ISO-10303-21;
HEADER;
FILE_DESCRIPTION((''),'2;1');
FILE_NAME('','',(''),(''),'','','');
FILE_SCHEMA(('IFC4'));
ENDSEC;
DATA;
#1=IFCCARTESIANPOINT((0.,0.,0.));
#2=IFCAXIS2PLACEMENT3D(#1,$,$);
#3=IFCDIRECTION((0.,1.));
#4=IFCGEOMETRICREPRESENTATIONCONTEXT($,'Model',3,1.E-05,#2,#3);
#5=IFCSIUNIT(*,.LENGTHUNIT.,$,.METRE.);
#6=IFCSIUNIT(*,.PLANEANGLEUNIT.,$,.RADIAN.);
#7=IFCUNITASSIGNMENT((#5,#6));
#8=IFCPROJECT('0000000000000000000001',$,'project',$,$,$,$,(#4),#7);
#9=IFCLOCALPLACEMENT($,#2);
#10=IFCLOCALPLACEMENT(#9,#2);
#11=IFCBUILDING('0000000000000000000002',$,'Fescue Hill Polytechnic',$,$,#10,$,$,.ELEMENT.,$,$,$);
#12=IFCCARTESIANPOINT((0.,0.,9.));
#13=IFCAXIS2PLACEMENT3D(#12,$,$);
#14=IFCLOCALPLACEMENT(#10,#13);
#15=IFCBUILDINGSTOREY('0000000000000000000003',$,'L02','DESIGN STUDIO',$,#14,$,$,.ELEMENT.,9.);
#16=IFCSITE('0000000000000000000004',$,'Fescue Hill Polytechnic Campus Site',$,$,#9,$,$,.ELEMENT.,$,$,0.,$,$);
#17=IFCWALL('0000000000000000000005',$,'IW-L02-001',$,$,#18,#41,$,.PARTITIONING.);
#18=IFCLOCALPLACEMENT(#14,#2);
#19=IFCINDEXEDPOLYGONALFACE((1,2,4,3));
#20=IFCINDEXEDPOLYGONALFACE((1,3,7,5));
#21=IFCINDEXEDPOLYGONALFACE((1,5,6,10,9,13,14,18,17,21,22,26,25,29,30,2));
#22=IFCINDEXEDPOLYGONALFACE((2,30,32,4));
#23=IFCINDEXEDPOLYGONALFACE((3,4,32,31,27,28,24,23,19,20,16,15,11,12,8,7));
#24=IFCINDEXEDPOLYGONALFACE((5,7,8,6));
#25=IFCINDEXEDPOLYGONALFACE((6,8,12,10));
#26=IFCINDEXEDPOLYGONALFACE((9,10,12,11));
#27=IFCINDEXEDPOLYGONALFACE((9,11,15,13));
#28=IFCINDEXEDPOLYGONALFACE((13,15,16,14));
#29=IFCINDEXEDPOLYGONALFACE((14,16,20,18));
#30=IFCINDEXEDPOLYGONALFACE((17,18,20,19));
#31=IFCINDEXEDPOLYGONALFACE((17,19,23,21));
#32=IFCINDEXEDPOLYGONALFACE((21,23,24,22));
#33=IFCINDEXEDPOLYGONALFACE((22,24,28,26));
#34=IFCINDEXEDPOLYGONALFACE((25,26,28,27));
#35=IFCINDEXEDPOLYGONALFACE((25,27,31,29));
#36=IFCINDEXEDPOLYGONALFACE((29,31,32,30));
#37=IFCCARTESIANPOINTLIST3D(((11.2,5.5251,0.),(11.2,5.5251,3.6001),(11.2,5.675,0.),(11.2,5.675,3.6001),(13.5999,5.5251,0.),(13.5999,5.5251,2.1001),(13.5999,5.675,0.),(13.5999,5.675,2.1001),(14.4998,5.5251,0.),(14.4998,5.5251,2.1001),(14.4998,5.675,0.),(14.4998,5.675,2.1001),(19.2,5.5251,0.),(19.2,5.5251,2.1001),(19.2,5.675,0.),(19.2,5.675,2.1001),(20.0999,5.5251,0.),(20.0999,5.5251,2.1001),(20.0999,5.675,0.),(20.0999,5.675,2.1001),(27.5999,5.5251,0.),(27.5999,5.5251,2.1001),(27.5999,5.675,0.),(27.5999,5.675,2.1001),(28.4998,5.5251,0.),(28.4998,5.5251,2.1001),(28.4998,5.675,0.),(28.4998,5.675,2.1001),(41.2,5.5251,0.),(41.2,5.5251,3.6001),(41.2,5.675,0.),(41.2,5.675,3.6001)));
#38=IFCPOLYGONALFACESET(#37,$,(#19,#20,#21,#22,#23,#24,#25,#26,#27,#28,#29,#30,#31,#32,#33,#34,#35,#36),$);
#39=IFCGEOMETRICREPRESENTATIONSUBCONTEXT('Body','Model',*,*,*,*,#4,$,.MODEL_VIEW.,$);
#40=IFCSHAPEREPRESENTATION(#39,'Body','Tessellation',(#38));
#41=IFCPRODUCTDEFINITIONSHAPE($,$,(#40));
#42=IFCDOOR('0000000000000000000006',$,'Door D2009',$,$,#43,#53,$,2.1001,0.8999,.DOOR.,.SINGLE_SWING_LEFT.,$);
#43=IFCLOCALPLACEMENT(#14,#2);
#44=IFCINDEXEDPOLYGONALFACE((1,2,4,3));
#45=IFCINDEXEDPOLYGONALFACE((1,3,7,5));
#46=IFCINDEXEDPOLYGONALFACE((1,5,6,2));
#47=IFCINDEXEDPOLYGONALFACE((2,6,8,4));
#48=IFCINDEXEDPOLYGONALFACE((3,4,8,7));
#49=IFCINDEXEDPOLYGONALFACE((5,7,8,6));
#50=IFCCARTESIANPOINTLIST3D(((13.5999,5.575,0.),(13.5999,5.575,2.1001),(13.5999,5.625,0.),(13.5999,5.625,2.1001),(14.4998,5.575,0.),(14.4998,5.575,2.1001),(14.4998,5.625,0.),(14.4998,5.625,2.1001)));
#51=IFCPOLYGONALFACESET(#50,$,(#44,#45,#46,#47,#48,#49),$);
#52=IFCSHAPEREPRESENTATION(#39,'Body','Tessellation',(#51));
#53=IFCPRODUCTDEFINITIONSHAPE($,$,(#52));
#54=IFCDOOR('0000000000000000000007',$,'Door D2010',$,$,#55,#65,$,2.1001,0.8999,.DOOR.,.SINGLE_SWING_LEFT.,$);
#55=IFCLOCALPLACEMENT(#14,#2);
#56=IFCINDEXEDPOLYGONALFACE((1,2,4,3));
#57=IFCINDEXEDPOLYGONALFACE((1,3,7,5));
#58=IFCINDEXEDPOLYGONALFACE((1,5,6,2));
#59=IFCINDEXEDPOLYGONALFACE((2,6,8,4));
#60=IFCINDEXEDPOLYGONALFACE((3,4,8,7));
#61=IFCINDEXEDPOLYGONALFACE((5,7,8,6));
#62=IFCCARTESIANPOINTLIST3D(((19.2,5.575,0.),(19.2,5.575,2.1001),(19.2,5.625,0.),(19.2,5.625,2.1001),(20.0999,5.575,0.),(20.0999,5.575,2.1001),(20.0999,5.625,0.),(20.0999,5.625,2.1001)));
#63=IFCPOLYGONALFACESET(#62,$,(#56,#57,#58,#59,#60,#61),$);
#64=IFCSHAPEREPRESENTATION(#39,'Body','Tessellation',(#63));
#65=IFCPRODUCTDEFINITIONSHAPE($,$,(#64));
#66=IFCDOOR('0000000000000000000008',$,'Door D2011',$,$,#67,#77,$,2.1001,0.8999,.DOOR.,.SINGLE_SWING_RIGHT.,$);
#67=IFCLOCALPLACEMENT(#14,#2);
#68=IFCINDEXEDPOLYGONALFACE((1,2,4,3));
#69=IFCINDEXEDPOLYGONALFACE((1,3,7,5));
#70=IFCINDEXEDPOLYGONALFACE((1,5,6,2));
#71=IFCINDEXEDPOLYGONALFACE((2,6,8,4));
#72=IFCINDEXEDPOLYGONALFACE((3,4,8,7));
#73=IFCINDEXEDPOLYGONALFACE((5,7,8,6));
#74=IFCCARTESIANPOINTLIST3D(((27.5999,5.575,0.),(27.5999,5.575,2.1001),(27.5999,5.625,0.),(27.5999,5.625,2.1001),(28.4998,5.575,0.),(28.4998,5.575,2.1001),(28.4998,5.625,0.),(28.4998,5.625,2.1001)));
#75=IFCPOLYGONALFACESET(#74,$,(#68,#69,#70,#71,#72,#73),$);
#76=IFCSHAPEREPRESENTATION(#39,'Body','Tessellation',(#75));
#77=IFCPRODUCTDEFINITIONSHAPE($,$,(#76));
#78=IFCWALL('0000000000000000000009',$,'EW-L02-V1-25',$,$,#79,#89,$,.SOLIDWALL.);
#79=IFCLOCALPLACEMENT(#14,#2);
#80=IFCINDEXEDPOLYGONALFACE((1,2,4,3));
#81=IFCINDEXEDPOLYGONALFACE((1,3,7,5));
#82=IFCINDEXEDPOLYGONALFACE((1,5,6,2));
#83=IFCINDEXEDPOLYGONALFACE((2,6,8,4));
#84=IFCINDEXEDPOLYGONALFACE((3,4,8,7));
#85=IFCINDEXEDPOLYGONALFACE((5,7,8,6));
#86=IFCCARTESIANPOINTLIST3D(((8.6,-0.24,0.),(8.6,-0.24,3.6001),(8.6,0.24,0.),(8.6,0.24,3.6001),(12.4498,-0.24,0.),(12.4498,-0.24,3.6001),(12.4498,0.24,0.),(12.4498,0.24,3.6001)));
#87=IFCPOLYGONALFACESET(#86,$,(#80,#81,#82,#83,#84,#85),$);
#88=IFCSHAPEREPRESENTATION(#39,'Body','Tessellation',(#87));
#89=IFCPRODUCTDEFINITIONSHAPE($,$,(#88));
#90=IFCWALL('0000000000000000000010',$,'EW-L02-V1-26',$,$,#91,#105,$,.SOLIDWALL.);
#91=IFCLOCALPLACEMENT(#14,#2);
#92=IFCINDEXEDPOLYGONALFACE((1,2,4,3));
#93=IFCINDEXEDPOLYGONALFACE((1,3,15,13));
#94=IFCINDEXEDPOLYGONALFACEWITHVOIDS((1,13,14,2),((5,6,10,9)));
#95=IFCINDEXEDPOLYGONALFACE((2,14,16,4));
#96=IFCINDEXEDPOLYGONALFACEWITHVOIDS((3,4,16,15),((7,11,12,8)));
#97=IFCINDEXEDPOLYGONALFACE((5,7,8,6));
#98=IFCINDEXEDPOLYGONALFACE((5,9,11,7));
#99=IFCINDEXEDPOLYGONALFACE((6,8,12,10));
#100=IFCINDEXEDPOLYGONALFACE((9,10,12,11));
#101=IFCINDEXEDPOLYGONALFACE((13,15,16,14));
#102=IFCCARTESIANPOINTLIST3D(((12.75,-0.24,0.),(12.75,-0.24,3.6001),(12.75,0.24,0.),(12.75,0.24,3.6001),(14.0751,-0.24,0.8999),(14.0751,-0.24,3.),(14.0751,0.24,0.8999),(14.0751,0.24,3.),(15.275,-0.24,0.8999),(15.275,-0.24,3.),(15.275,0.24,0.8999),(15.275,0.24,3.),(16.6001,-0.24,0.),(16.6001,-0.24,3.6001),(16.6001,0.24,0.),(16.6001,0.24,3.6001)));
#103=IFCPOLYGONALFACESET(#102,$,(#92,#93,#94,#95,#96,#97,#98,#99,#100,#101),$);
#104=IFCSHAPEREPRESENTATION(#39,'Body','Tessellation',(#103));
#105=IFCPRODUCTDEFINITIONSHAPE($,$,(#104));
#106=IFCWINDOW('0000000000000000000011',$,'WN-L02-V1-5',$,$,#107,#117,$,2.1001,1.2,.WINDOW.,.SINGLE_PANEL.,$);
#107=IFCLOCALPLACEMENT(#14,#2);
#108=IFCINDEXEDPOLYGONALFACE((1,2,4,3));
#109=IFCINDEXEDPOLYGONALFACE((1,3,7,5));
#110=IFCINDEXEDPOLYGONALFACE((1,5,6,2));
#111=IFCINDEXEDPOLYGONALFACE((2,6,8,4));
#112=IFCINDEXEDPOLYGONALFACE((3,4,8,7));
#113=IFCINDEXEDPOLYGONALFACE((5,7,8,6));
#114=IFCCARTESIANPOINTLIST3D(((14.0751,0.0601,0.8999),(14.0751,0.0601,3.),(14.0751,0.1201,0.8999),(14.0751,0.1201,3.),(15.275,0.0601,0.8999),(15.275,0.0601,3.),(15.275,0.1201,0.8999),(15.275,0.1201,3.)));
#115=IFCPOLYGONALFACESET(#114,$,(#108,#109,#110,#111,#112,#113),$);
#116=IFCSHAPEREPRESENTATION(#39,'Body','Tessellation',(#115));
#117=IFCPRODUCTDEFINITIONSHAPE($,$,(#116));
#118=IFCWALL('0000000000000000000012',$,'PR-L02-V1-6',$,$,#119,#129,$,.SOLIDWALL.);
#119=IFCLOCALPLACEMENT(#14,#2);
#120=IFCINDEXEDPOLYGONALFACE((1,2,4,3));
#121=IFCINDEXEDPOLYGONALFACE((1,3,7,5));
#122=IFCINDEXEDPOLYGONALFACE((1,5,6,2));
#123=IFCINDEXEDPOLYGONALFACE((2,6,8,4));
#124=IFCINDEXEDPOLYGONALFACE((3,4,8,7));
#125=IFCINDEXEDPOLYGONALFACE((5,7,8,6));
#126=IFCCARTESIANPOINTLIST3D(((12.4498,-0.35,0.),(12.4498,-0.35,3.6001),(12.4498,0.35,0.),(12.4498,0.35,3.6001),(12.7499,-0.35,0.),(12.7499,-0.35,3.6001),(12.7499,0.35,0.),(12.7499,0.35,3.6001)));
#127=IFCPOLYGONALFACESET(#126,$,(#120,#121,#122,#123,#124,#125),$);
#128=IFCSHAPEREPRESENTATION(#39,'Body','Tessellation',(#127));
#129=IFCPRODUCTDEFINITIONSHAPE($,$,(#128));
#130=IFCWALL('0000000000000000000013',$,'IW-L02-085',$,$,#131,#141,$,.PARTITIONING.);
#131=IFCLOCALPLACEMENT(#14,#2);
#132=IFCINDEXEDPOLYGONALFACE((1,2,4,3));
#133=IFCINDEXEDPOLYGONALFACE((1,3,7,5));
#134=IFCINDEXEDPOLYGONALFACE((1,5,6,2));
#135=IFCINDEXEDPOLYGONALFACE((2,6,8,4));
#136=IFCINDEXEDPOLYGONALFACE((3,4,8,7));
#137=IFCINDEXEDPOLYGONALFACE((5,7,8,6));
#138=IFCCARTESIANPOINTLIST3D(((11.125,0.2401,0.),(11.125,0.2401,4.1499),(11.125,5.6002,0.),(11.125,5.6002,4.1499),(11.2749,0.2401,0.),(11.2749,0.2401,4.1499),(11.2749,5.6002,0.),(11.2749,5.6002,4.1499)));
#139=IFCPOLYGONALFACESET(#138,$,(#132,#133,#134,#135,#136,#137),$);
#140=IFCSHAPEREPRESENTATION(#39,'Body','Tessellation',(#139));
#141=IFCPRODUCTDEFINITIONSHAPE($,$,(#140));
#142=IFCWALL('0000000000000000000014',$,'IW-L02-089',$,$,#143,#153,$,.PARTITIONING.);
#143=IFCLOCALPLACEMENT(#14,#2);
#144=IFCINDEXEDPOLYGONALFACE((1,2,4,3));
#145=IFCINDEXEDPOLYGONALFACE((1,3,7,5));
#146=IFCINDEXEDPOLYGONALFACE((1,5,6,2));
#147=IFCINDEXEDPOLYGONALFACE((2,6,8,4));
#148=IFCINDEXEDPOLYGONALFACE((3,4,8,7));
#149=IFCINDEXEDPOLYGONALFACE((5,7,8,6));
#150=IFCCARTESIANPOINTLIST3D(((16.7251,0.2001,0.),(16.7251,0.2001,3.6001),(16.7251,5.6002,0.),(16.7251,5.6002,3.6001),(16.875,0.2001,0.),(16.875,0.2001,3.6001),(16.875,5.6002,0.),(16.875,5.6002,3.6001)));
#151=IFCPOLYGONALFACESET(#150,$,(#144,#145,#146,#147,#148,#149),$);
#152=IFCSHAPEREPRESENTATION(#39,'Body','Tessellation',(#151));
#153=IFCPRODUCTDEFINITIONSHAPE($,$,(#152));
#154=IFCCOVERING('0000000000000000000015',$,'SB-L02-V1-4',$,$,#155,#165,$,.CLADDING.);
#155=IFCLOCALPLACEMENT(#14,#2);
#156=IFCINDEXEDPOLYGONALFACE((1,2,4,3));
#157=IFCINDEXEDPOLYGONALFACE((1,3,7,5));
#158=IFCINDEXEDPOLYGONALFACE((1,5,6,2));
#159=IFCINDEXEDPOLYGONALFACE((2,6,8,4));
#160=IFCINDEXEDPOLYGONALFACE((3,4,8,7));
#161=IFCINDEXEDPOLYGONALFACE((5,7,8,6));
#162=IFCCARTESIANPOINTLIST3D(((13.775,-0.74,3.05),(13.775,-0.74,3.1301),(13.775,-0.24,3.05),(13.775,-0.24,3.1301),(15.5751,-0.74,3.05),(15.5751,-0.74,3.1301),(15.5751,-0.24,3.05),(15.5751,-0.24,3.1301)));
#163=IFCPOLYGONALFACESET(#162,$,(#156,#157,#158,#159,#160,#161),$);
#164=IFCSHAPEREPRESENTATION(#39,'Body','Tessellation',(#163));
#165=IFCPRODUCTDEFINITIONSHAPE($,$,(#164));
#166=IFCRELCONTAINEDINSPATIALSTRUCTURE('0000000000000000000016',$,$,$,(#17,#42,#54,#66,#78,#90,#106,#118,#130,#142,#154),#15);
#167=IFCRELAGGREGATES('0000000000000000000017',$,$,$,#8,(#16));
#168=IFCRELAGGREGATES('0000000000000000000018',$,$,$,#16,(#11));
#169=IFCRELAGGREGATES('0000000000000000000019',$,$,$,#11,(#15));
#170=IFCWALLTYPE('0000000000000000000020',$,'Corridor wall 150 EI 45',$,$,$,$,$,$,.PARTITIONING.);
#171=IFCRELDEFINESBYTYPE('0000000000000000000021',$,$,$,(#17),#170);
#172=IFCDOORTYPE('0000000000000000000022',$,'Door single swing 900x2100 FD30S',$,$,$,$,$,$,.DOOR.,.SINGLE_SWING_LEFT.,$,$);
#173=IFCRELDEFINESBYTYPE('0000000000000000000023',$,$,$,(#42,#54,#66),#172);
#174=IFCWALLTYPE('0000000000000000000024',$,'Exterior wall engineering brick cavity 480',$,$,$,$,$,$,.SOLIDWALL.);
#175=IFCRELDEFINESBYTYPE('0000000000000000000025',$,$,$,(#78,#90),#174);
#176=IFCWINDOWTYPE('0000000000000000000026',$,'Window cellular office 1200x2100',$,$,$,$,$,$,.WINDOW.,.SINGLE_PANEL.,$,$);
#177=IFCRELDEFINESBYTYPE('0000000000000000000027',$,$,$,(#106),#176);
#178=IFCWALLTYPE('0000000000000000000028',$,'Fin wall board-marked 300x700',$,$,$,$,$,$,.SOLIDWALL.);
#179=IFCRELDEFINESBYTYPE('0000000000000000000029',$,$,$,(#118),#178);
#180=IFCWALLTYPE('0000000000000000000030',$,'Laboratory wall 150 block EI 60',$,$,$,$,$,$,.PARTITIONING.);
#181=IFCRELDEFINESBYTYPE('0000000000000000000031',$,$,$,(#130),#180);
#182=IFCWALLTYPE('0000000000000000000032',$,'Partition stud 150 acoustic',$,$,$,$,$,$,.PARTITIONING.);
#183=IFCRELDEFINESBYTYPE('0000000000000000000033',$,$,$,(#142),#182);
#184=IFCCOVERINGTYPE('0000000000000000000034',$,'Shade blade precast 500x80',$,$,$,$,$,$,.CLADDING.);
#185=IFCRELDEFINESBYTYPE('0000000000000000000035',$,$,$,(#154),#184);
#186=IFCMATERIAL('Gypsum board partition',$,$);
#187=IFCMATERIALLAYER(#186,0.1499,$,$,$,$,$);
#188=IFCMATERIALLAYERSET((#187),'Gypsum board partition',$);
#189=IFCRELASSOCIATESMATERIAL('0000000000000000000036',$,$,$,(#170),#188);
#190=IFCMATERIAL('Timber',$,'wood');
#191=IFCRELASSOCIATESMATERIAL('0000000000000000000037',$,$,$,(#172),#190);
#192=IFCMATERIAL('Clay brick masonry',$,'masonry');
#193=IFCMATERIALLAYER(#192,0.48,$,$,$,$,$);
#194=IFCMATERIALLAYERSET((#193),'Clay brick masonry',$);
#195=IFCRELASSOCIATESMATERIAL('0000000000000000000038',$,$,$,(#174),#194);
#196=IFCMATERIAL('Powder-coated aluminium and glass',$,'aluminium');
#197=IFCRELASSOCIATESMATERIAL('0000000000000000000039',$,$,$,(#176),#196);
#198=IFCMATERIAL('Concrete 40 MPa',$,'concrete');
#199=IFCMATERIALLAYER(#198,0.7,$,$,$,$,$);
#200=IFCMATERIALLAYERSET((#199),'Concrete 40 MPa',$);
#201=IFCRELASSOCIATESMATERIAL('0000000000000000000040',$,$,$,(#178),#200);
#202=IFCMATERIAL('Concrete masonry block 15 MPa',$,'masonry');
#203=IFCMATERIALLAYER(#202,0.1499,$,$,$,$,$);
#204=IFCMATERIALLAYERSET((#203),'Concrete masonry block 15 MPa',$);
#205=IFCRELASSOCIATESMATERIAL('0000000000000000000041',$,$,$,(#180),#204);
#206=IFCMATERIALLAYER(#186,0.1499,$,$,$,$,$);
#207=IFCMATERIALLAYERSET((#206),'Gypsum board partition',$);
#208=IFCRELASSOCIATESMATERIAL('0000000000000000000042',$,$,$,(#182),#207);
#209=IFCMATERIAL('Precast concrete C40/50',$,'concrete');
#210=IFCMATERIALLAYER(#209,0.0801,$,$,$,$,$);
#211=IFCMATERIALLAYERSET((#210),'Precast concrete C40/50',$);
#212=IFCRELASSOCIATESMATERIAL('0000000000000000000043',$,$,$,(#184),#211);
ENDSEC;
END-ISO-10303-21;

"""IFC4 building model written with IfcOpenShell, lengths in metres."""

from ifc_helpers import new_model, si_unit, direction, frame, frame_2d, origin, origin_2d, place, context, subcontext, project, spatial, rectangle, extrude, material, layer, layer_set, type_object, element, fill, save


model = new_model("IFC4")

# Units and contexts
model_context = context("Model", 3, precision=1e-05, world=origin(), true_north=direction((0.0, 1.0)))
body_context = subcontext(model_context, "Body", "Model", "MODEL_VIEW")
ifc_project = project(units=[si_unit("LENGTHUNIT", "METRE"), si_unit("PLANEANGLEUNIT", "RADIAN")], contexts=[model_context])

# Site, building, storey
site_placement = place(None, origin())
site = spatial("IfcSite", under=ifc_project, at=site_placement, Name="Fescue Hill Polytechnic Campus Site", CompositionType="ELEMENT", RefElevation=0.0)
building_placement = place(site_placement, origin())
building = spatial("IfcBuilding", under=site, at=building_placement, Name="Fescue Hill Polytechnic", CompositionType="ELEMENT")
storey_placement = place(building_placement, frame((0.0, 0.0, 9.0)))
storey = spatial("IfcBuildingStorey", under=building, at=storey_placement, Name="L02", Description="DESIGN STUDIO", CompositionType="ELEMENT", Elevation=9.0)

# Shared definitions
ifc_material_1 = material(Name="Concrete 40 MPa", Category="concrete")

# Wall, openings, doors
ifc_material_2 = material(Name="Gypsum board partition")
ifc_layer_1 = layer(ifc_material_2, 0.1499)
ifc_layer_set_1 = layer_set([ifc_layer_1], Name="Gypsum board partition")
wall_type_1 = type_object("IfcWallType", Name="Corridor wall 150 EI 45", PredefinedType="PARTITIONING", material=ifc_layer_set_1)
wall_1_placement = place(storey_placement, frame((11.2, 5.6001, 0.0), z_axis=(0.0, 0.0, 1.0), x_axis=(1.0, 0.0, 0.0)))
wall_1 = element("IfcWall", 1, at=wall_1_placement, inside=storey, type_object=wall_type_1, Name="IW-L02-001", PredefinedType="PARTITIONING", context=body_context, shape_type="SweptSolid", body=[
    extrude(rectangle(XDim=30.0, YDim=0.1499, at=frame_2d((15.0, 0.0))), origin(), (0.0, 0.0, 1.0), 3.6001),
])
opening_1_placement = place(wall_1_placement, frame((2.3999, 0.0, 0.0)))
opening_1 = element("IfcOpeningElement", 2, at=opening_1_placement, cuts=wall_1, PredefinedType="OPENING", context=body_context, shape_type="SweptSolid", body=[
    extrude(rectangle(XDim=0.8999, YDim=2.1001, at=frame_2d((0.45, 1.05))), frame((0.0, 0.085, 0.0), z_axis=(0.0, -1.0, 0.0), x_axis=(1.0, 0.0, 0.0)), (0.0, 0.0, 1.0), 0.1699),
])
opening_2_placement = place(wall_1_placement, frame((8.0, 0.0, 0.0)))
opening_2 = element("IfcOpeningElement", 3, at=opening_2_placement, cuts=wall_1, PredefinedType="OPENING", context=body_context, shape_type="SweptSolid", body=[
    extrude(rectangle(XDim=0.8999, YDim=2.1001, at=frame_2d((0.45, 1.05))), frame((0.0, 0.085, 0.0), z_axis=(0.0, -1.0, 0.0), x_axis=(1.0, 0.0, 0.0)), (0.0, 0.0, 1.0), 0.1699),
])
opening_3_placement = place(wall_1_placement, frame((16.3999, 0.0, 0.0)))
opening_3 = element("IfcOpeningElement", 4, at=opening_3_placement, cuts=wall_1, PredefinedType="OPENING", context=body_context, shape_type="SweptSolid", body=[
    extrude(rectangle(XDim=0.8999, YDim=2.1001, at=frame_2d((0.45, 1.05))), frame((0.0, 0.085, 0.0), z_axis=(0.0, -1.0, 0.0), x_axis=(1.0, 0.0, 0.0)), (0.0, 0.0, 1.0), 0.1699),
])
ifc_material_3 = material(Name="Timber", Category="wood")
door_type = type_object("IfcDoorType", Name="Door single swing 900x2100 FD30S", OperationType="SINGLE_SWING_LEFT", PredefinedType="DOOR", material=ifc_material_3)
door_1_placement = place(opening_1_placement, origin())
door_1 = element("IfcDoor", 5, at=door_1_placement, inside=storey, type_object=door_type, Name="Door D2009", OperationType="SINGLE_SWING_LEFT", OverallHeight=2.1001, OverallWidth=0.8999, PredefinedType="DOOR", context=body_context, shape_type="SweptSolid", body=[
    extrude(rectangle(XDim=0.8999, YDim=2.1001, at=frame_2d((0.45, 1.05))), frame((0.0, 0.0249, 0.0), z_axis=(0.0, -1.0, 0.0), x_axis=(1.0, 0.0, 0.0)), (0.0, 0.0, 1.0), 0.05),
])
fill(opening_1, door_1)
door_2_placement = place(opening_2_placement, origin())
door_2 = element("IfcDoor", 6, at=door_2_placement, inside=storey, type_object=door_type, Name="Door D2010", OperationType="SINGLE_SWING_LEFT", OverallHeight=2.1001, OverallWidth=0.8999, PredefinedType="DOOR", context=body_context, shape_type="SweptSolid", body=[
    extrude(rectangle(XDim=0.8999, YDim=2.1001, at=frame_2d((0.45, 1.05))), frame((0.0, 0.0249, 0.0), z_axis=(0.0, -1.0, 0.0), x_axis=(1.0, 0.0, 0.0)), (0.0, 0.0, 1.0), 0.05),
])
fill(opening_2, door_2)
door_3_placement = place(opening_3_placement, origin())
door_3 = element("IfcDoor", 7, at=door_3_placement, inside=storey, type_object=door_type, Name="Door D2011", OperationType="SINGLE_SWING_RIGHT", OverallHeight=2.1001, OverallWidth=0.8999, PredefinedType="DOOR", context=body_context, shape_type="SweptSolid", body=[
    extrude(rectangle(XDim=0.8999, YDim=2.1001, at=frame_2d((0.45, 1.05))), frame((0.0, 0.0249, 0.0), z_axis=(0.0, -1.0, 0.0), x_axis=(1.0, 0.0, 0.0)), (0.0, 0.0, 1.0), 0.05),
])
fill(opening_3, door_3)

# Wall
ifc_material_4 = material(Name="Clay brick masonry", Category="masonry")
ifc_layer_2 = layer(ifc_material_4, 0.48)
ifc_layer_set_2 = layer_set([ifc_layer_2], Name="Clay brick masonry")
wall_type_2 = type_object("IfcWallType", Name="Exterior wall engineering brick cavity 480", PredefinedType="SOLIDWALL", material=ifc_layer_set_2)
wall_2_placement = place(storey_placement, frame((8.6001, 0.0, 0.0), z_axis=(0.0, 0.0, 1.0), x_axis=(1.0, 0.0, 0.0)))
element("IfcWall", 8, at=wall_2_placement, inside=storey, type_object=wall_type_2, Name="EW-L02-V1-25", PredefinedType="SOLIDWALL", context=body_context, shape_type="SweptSolid", body=[
    extrude(rectangle(XDim=3.8499, YDim=0.48, at=frame_2d((1.9248, 0.0))), origin(), (0.0, 0.0, 1.0), 3.6001),
])

# Wall, opening, window
wall_3_placement = place(storey_placement, frame((12.75, 0.0, 0.0), z_axis=(0.0, 0.0, 1.0), x_axis=(1.0, 0.0, 0.0)))
wall_3 = element("IfcWall", 9, at=wall_3_placement, inside=storey, type_object=wall_type_2, Name="EW-L02-V1-26", PredefinedType="SOLIDWALL", context=body_context, shape_type="SweptSolid", body=[
    extrude(rectangle(XDim=3.8501, YDim=0.48, at=frame_2d((1.925, 0.0))), origin(), (0.0, 0.0, 1.0), 3.6001),
])
opening_4_placement = place(wall_3_placement, frame((1.325, 0.0, 0.8999)))
opening_4 = element("IfcOpeningElement", 10, at=opening_4_placement, cuts=wall_3, PredefinedType="OPENING", context=body_context, shape_type="SweptSolid", body=[
    extrude(rectangle(XDim=1.2, YDim=2.1001, at=frame_2d((0.6001, 1.05))), frame((0.0, 0.25, 0.0), z_axis=(0.0, -1.0, 0.0), x_axis=(1.0, 0.0, 0.0)), (0.0, 0.0, 1.0), 0.5),
])
ifc_material_5 = material(Name="Powder-coated aluminium and glass", Category="aluminium")
window_type = type_object("IfcWindowType", Name="Window cellular office 1200x2100", PartitioningType="SINGLE_PANEL", PredefinedType="WINDOW", material=ifc_material_5)
window_placement = place(opening_4_placement, origin())
window = element("IfcWindow", 11, at=window_placement, inside=storey, type_object=window_type, Name="WN-L02-V1-5", OverallHeight=2.1001, OverallWidth=1.2, PartitioningType="SINGLE_PANEL", PredefinedType="WINDOW", context=body_context, shape_type="SweptSolid", body=[
    extrude(rectangle(XDim=1.2, YDim=2.1001, at=frame_2d((0.6001, 1.05))), frame((0.0, 0.1201, 0.0), z_axis=(0.0, -1.0, 0.0), x_axis=(1.0, 0.0, 0.0)), (0.0, 0.0, 1.0), 0.0601),
])
fill(opening_4, window)

# Walls
ifc_layer_3 = layer(ifc_material_1, 0.7)
ifc_layer_set_3 = layer_set([ifc_layer_3], Name="Concrete 40 MPa")
wall_type_3 = type_object("IfcWallType", Name="Fin wall board-marked 300x700", PredefinedType="SOLIDWALL", material=ifc_layer_set_3)
wall_4_placement = place(storey_placement, frame((12.45, 0.0, 0.0), z_axis=(0.0, 0.0, 1.0), x_axis=(1.0, 0.0, 0.0)))
element("IfcWall", 12, at=wall_4_placement, inside=storey, type_object=wall_type_3, Name="PR-L02-V1-6", PredefinedType="SOLIDWALL", context=body_context, shape_type="SweptSolid", body=[
    extrude(rectangle(XDim=0.3, YDim=0.7, at=frame_2d((0.1499, 0.0))), origin(), (0.0, 0.0, 1.0), 3.6001),
])
ifc_material_6 = material(Name="Concrete masonry block 15 MPa", Category="masonry")
ifc_layer_4 = layer(ifc_material_6, 0.1499)
ifc_layer_set_4 = layer_set([ifc_layer_4], Name="Concrete masonry block 15 MPa")
wall_type_4 = type_object("IfcWallType", Name="Laboratory wall 150 block EI 60", PredefinedType="PARTITIONING", material=ifc_layer_set_4)
wall_5_placement = place(storey_placement, frame((11.2, 0.24, 0.0), z_axis=(0.0, 0.0, 1.0), x_axis=(0.0, 1.0, 0.0)))
element("IfcWall", 13, at=wall_5_placement, inside=storey, type_object=wall_type_4, Name="IW-L02-085", PredefinedType="PARTITIONING", context=body_context, shape_type="SweptSolid", body=[
    extrude(rectangle(XDim=5.3601, YDim=0.1499, at=frame_2d((2.6802, 0.0))), origin(), (0.0, 0.0, 1.0), 4.1499),
])
ifc_layer_5 = layer(ifc_material_2, 0.1499)
ifc_layer_set_5 = layer_set([ifc_layer_5], Name="Gypsum board partition")
wall_type_5 = type_object("IfcWallType", Name="Partition stud 150 acoustic", PredefinedType="PARTITIONING", material=ifc_layer_set_5)
wall_6_placement = place(storey_placement, frame((16.8, 0.2, 0.0), z_axis=(0.0, 0.0, 1.0), x_axis=(0.0, 1.0, 0.0)))
element("IfcWall", 14, at=wall_6_placement, inside=storey, type_object=wall_type_5, Name="IW-L02-089", PredefinedType="PARTITIONING", context=body_context, shape_type="SweptSolid", body=[
    extrude(rectangle(XDim=5.4001, YDim=0.1499, at=frame_2d((2.7002, 0.0))), origin(), (0.0, 0.0, 1.0), 3.6001),
])

# Covering
ifc_material_7 = material(Name="Precast concrete C40/50", Category="concrete")
ifc_layer_6 = layer(ifc_material_7, 0.0801)
ifc_layer_set_6 = layer_set([ifc_layer_6], Name="Precast concrete C40/50")
covering_type = type_object("IfcCoveringType", Name="Shade blade precast 500x80", PredefinedType="CLADDING", material=ifc_layer_set_6)
covering_placement = place(storey_placement, frame((14.675, -0.49, 3.05), z_axis=(0.0, 0.0, 1.0), x_axis=(1.0, 0.0, 0.0)))
element("IfcCovering", 15, at=covering_placement, inside=storey, type_object=covering_type, Name="SB-L02-V1-4", PredefinedType="CLADDING", context=body_context, shape_type="SweptSolid", body=[
    extrude(rectangle(XDim=1.8, YDim=0.5, at=origin_2d()), origin(), (0.0, 0.0, 1.0), 0.0801),
])

save(model, "model.ifc")
